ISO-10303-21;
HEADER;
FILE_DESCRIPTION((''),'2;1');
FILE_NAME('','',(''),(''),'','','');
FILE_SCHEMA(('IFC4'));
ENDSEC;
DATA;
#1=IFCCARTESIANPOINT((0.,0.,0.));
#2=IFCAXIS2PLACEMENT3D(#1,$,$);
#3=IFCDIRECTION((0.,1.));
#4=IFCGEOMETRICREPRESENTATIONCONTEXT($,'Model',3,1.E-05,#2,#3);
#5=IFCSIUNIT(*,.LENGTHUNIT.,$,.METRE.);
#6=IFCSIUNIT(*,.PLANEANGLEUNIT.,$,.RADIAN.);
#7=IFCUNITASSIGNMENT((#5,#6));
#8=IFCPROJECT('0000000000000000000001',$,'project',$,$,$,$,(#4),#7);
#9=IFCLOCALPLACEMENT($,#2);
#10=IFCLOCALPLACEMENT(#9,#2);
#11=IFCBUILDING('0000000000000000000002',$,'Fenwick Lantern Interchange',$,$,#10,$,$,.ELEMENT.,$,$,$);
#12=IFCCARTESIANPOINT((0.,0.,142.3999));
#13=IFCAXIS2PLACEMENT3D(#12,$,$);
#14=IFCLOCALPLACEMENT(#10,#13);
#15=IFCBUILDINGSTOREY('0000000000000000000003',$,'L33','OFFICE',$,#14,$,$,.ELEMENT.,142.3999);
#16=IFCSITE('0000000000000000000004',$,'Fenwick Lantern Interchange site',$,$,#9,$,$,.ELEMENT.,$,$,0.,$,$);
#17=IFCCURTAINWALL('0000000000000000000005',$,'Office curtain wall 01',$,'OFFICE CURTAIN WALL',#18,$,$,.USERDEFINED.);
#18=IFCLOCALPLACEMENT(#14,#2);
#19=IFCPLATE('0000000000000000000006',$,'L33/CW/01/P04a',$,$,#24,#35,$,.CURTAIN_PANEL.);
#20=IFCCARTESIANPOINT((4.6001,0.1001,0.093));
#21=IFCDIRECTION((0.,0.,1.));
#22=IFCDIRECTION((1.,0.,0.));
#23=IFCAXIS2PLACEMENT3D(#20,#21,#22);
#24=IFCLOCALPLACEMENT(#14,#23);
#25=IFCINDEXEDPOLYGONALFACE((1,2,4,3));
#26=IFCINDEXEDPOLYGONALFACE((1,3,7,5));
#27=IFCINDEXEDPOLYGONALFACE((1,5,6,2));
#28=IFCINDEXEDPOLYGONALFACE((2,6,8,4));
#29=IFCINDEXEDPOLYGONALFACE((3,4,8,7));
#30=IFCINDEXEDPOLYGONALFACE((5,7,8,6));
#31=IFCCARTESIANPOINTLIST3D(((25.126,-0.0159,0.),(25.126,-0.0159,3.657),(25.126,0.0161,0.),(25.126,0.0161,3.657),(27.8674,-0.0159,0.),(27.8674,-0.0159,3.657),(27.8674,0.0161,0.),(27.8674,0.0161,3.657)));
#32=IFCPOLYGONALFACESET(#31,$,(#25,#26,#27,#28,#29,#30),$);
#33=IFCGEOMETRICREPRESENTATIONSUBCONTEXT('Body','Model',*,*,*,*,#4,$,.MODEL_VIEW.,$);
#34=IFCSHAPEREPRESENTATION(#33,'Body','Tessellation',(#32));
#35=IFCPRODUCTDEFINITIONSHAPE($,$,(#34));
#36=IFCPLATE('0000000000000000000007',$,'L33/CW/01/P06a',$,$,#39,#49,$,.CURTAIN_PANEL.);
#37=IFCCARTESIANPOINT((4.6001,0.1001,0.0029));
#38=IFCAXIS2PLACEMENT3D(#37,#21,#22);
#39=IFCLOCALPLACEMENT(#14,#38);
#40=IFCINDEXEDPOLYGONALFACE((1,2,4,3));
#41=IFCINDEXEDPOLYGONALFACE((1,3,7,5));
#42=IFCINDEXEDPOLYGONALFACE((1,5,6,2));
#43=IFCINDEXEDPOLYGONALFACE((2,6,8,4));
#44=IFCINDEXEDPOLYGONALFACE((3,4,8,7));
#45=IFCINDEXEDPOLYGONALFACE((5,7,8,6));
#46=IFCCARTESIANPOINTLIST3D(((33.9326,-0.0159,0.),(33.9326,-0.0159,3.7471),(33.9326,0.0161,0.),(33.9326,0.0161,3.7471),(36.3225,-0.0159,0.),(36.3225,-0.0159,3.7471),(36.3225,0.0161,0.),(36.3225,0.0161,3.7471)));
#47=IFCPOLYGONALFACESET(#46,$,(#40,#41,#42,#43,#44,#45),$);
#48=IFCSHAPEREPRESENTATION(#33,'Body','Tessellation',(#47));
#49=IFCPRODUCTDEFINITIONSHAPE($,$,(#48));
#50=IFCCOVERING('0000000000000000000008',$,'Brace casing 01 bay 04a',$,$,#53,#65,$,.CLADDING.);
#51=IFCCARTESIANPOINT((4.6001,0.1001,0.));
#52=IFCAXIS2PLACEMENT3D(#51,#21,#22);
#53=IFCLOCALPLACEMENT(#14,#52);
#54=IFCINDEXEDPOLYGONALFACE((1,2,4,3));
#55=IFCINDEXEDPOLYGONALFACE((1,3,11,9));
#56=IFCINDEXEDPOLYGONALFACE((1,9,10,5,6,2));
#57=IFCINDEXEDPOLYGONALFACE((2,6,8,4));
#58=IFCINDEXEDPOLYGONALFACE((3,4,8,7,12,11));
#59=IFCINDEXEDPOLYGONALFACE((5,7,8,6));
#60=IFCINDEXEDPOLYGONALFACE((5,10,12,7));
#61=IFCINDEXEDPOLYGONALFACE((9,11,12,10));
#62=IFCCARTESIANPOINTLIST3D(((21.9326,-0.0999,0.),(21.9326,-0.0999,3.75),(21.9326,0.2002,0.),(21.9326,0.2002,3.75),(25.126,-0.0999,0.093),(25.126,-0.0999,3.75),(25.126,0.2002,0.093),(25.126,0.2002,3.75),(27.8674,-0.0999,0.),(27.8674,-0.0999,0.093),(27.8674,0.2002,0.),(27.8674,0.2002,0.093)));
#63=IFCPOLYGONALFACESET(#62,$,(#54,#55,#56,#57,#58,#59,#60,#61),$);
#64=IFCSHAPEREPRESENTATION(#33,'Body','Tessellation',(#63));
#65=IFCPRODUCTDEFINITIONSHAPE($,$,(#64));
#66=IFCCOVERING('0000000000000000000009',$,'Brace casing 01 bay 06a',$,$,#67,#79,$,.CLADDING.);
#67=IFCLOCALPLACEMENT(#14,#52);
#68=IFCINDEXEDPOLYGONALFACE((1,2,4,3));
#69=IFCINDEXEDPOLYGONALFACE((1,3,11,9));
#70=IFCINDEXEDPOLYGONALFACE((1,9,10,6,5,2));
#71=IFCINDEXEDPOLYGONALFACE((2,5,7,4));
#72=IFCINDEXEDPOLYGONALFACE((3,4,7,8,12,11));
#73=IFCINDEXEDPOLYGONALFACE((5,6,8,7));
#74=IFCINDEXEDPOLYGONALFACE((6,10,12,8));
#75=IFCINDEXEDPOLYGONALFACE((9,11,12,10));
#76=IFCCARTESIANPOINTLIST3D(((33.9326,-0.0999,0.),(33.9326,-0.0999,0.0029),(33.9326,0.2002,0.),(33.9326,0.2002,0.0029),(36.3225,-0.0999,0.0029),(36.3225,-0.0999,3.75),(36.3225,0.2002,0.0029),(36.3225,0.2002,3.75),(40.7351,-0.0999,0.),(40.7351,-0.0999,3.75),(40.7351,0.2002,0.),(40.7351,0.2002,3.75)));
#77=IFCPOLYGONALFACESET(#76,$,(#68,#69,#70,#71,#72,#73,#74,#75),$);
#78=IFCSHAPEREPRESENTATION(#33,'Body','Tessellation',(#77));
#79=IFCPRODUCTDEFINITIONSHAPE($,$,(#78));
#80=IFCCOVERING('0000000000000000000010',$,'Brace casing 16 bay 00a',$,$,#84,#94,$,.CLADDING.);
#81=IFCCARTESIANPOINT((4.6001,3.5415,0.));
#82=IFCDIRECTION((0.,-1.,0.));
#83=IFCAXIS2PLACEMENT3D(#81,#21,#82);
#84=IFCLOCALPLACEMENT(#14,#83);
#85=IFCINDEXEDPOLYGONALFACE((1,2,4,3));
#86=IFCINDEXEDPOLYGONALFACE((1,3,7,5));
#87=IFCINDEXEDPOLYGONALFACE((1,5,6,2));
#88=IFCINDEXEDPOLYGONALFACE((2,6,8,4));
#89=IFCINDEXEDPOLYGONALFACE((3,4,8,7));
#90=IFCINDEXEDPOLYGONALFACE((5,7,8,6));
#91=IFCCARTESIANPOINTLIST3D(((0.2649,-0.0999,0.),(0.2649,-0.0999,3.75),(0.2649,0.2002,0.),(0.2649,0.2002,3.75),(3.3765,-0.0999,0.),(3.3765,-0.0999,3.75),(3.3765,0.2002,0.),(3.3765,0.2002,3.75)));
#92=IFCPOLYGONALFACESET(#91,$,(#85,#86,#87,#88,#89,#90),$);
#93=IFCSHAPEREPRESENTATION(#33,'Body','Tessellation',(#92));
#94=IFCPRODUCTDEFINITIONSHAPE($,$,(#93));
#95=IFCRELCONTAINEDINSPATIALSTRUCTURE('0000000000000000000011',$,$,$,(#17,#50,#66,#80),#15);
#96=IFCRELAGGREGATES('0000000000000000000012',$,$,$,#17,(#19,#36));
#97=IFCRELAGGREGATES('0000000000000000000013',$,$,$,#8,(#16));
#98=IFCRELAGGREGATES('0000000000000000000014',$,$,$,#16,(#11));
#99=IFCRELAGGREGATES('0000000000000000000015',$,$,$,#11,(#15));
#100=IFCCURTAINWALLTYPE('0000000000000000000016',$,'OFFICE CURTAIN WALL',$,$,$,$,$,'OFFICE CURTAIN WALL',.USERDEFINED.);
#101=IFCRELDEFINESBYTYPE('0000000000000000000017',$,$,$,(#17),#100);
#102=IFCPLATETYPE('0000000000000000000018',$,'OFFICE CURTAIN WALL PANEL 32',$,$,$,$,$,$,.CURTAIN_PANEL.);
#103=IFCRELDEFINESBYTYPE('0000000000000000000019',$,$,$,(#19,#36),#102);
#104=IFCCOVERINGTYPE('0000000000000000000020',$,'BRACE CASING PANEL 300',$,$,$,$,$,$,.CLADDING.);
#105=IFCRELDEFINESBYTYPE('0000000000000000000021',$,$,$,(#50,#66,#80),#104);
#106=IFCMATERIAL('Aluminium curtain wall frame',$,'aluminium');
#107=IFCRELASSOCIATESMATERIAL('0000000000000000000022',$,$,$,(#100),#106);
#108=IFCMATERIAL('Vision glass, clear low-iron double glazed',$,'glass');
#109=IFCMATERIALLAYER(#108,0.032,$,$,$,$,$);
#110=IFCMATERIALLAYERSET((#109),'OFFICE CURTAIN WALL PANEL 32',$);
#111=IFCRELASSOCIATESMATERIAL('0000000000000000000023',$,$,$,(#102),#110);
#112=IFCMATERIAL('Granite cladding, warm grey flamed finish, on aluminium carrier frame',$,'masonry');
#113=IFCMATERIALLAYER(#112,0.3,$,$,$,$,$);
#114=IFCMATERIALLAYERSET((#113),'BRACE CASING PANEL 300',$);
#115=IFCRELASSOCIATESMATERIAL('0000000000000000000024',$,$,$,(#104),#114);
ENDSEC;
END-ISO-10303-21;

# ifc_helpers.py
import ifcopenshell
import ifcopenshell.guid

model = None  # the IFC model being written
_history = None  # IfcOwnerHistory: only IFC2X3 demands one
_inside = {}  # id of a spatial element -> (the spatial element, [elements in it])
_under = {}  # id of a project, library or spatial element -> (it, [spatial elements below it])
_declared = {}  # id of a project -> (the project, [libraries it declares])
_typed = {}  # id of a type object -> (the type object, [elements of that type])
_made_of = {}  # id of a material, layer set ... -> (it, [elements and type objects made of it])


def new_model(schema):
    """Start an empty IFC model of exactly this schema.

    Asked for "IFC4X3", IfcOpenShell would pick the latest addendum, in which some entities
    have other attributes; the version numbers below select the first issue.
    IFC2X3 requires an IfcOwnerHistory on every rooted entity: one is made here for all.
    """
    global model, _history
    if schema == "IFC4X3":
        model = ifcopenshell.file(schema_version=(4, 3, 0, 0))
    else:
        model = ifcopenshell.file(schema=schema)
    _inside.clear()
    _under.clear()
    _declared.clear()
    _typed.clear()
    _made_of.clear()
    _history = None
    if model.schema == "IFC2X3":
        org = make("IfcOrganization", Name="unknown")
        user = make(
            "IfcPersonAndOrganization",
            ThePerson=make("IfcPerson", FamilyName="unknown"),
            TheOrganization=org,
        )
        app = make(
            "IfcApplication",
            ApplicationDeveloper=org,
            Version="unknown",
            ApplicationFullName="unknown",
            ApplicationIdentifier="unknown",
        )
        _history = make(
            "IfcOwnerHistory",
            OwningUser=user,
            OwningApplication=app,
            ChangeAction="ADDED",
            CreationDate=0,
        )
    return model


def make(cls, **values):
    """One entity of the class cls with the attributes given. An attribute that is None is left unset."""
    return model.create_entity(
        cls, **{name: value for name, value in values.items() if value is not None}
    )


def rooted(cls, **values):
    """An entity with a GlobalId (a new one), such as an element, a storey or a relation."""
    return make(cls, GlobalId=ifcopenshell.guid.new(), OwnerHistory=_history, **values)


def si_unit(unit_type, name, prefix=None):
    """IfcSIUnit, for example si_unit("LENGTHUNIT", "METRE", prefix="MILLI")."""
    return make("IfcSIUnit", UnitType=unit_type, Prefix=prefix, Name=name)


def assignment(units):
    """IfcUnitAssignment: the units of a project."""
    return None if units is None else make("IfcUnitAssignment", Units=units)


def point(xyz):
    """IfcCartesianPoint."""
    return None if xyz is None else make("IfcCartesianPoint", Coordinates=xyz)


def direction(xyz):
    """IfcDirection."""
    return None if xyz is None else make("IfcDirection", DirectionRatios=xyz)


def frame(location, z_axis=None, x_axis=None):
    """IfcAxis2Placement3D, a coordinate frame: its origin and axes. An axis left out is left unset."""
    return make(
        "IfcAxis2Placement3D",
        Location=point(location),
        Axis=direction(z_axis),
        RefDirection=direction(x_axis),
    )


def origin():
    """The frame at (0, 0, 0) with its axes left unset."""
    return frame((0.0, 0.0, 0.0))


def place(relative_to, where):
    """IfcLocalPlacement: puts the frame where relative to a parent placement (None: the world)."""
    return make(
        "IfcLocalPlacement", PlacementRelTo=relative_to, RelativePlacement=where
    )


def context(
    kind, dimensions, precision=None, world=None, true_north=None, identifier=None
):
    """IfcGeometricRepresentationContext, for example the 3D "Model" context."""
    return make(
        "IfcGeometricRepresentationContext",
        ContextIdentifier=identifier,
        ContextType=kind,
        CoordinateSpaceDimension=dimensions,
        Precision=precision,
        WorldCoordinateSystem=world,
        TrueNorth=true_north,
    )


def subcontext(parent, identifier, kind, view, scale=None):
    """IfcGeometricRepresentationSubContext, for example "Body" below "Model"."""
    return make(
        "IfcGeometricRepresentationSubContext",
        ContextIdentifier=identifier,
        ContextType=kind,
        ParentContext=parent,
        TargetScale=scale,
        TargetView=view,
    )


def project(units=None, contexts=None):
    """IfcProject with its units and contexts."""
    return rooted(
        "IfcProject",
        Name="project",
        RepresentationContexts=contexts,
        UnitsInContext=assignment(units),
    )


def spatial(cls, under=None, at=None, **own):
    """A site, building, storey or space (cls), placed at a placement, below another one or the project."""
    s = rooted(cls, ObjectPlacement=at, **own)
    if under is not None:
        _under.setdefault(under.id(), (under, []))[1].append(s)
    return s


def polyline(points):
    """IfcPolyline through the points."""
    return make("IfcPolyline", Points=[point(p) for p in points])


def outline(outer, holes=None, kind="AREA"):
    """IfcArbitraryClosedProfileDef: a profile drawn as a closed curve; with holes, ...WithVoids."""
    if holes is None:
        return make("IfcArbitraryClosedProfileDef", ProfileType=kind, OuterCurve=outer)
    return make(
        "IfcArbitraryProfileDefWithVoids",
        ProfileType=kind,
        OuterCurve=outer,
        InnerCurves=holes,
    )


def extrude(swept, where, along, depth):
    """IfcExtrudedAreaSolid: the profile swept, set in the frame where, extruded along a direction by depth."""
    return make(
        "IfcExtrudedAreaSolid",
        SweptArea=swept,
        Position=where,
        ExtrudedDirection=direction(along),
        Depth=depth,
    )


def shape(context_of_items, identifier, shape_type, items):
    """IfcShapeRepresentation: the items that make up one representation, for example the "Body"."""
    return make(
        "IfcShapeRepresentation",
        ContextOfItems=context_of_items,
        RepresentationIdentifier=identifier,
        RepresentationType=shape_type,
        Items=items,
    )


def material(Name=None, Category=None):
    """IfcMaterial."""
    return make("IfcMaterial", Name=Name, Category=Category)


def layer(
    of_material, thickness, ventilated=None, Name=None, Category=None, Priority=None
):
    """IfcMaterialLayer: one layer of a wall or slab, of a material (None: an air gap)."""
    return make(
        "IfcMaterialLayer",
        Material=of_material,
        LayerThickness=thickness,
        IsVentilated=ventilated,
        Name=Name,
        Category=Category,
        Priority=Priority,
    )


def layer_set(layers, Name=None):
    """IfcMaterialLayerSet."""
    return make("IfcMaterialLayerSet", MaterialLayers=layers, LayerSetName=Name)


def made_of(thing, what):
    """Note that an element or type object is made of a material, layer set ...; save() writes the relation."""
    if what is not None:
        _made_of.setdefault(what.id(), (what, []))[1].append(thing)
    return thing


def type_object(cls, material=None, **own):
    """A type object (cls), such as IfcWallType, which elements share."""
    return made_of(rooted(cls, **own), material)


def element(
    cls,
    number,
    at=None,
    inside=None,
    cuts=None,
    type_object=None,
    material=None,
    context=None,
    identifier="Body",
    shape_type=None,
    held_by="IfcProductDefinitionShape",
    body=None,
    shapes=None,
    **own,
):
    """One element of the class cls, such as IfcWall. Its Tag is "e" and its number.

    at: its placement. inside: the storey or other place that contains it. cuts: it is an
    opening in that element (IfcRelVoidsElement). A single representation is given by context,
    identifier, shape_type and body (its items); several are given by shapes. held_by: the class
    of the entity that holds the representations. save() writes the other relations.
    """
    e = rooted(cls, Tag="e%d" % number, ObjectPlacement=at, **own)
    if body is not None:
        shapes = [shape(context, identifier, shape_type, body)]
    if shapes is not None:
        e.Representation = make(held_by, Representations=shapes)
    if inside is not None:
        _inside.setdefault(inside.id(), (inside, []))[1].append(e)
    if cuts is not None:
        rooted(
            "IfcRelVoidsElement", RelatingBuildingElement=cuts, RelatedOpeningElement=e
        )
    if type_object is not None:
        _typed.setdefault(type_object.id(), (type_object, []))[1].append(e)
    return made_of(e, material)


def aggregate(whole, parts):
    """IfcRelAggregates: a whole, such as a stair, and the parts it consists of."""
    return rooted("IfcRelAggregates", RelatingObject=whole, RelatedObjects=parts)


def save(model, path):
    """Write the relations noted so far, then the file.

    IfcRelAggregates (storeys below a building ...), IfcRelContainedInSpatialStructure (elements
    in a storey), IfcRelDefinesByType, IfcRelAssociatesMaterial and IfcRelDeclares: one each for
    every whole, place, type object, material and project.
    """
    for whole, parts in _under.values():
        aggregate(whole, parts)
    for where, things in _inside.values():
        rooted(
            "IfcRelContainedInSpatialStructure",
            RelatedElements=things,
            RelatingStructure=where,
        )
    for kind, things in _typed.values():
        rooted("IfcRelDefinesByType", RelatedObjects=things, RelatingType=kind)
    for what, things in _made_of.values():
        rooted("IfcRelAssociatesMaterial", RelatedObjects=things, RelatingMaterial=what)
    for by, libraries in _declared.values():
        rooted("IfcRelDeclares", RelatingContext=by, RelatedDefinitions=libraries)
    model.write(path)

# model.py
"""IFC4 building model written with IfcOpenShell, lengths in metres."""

from ifc_helpers import new_model, si_unit, direction, frame, origin, place, context, subcontext, project, spatial, polyline, outline, extrude, material, layer, layer_set, type_object, element, aggregate, save


model = new_model("IFC4")

# Units and contexts
model_context = context("Model", 3, precision=1e-05, world=origin(), true_north=direction((0.0, 1.0)))
body_context = subcontext(model_context, "Body", "Model", "MODEL_VIEW")
ifc_project = project(units=[si_unit("LENGTHUNIT", "METRE"), si_unit("PLANEANGLEUNIT", "RADIAN")], contexts=[model_context])

# Site, building, storey
site_placement = place(None, origin())
site = spatial("IfcSite", under=ifc_project, at=site_placement, Name="Fenwick Lantern Interchange site", CompositionType="ELEMENT", RefElevation=0.0)
building_placement = place(site_placement, origin())
building = spatial("IfcBuilding", under=site, at=building_placement, Name="Fenwick Lantern Interchange", CompositionType="ELEMENT")
storey_placement = place(building_placement, frame((0.0, 0.0, 142.3999)))
storey = spatial("IfcBuildingStorey", under=building, at=storey_placement, Name="L33", Description="OFFICE", CompositionType="ELEMENT", Elevation=142.3999)

# Curtain wall
ifc_material_1 = material(Name="Aluminium curtain wall frame", Category="aluminium")
curtain_wall_type = type_object("IfcCurtainWallType", Name="OFFICE CURTAIN WALL", ElementType="OFFICE CURTAIN WALL", PredefinedType="USERDEFINED", material=ifc_material_1)
curtain_wall_1_placement = place(storey_placement, origin())
curtain_wall_1 = element("IfcCurtainWall", 1, at=curtain_wall_1_placement, inside=storey, type_object=curtain_wall_type, Name="Office curtain wall 01", ObjectType="OFFICE CURTAIN WALL", PredefinedType="USERDEFINED")

# Plates
ifc_material_2 = material(Name="Vision glass, clear low-iron double glazed", Category="glass")
ifc_layer_1 = layer(ifc_material_2, 0.032)
ifc_layer_set_1 = layer_set([ifc_layer_1], Name="OFFICE CURTAIN WALL PANEL 32")
plate_type = type_object("IfcPlateType", Name="OFFICE CURTAIN WALL PANEL 32", PredefinedType="CURTAIN_PANEL", material=ifc_layer_set_1)
plate_1_placement = place(storey_placement, frame((4.6001, 0.1001, 0.093), z_axis=(0.0, 0.0, 1.0), x_axis=(1.0, 0.0, 0.0)))
plate_1 = element("IfcPlate", 2, at=plate_1_placement, type_object=plate_type, Name="L33/CW/01/P04a", PredefinedType="CURTAIN_PANEL", context=body_context, shape_type="SweptSolid", body=[
    extrude(outline(polyline([(25.126, 0.0), (27.8674, 0.0), (27.8674, 3.657), (25.126, 3.657), (25.126, 0.0)])), frame((0.0, 0.0161, 0.0), z_axis=(0.0, -1.0, 0.0), x_axis=(1.0, 0.0, 0.0)), (0.0, 0.0, 1.0), 0.032),
])
plate_2_placement = place(storey_placement, frame((4.6001, 0.1001, 0.0029), z_axis=(0.0, 0.0, 1.0), x_axis=(1.0, 0.0, 0.0)))
plate_2 = element("IfcPlate", 3, at=plate_2_placement, type_object=plate_type, Name="L33/CW/01/P06a", PredefinedType="CURTAIN_PANEL", context=body_context, shape_type="SweptSolid", body=[
    extrude(outline(polyline([(33.9326, 0.0), (36.3225, 0.0), (36.3225, 3.7471), (33.9326, 3.7471), (33.9326, 0.0)])), frame((0.0, 0.0161, 0.0), z_axis=(0.0, -1.0, 0.0), x_axis=(1.0, 0.0, 0.0)), (0.0, 0.0, 1.0), 0.032),
])
aggregate(curtain_wall_1, [plate_1, plate_2])

# Coverings
ifc_material_3 = material(Name="Granite cladding, warm grey flamed finish, on aluminium carrier frame", Category="masonry")
ifc_layer_2 = layer(ifc_material_3, 0.3)
ifc_layer_set_2 = layer_set([ifc_layer_2], Name="BRACE CASING PANEL 300")
covering_type = type_object("IfcCoveringType", Name="BRACE CASING PANEL 300", PredefinedType="CLADDING", material=ifc_layer_set_2)
covering_1_placement = place(storey_placement, frame((4.6001, 0.1001, 0.0), z_axis=(0.0, 0.0, 1.0), x_axis=(1.0, 0.0, 0.0)))
element("IfcCovering", 4, at=covering_1_placement, inside=storey, type_object=covering_type, Name="Brace casing 01 bay 04a", PredefinedType="CLADDING", context=body_context, shape_type="SweptSolid", body=[
    extrude(outline(polyline([(21.9326, 0.0), (27.8674, 0.0), (27.8674, 0.093), (25.126, 0.093), (25.126, 3.75), (21.9326, 3.75), (21.9326, 0.0)])), frame((0.0, 0.2002, 0.0), z_axis=(0.0, -1.0, 0.0), x_axis=(1.0, 0.0, 0.0)), (0.0, 0.0, 1.0), 0.3),
])
covering_2_placement = place(storey_placement, frame((4.6001, 0.1001, 0.0), z_axis=(0.0, 0.0, 1.0), x_axis=(1.0, 0.0, 0.0)))
element("IfcCovering", 5, at=covering_2_placement, inside=storey, type_object=covering_type, Name="Brace casing 01 bay 06a", PredefinedType="CLADDING", context=body_context, shape_type="SweptSolid", body=[
    extrude(outline(polyline([(33.9326, 0.0), (40.7351, 0.0), (40.7351, 3.75), (36.3225, 3.75), (36.3225, 0.0029), (33.9326, 0.0029), (33.9326, 0.0)])), frame((0.0, 0.2002, 0.0), z_axis=(0.0, -1.0, 0.0), x_axis=(1.0, 0.0, 0.0)), (0.0, 0.0, 1.0), 0.3),
])
covering_3_placement = place(storey_placement, frame((4.6001, 3.5415, 0.0), z_axis=(0.0, 0.0, 1.0), x_axis=(0.0, -1.0, 0.0)))
element("IfcCovering", 6, at=covering_3_placement, inside=storey, type_object=covering_type, Name="Brace casing 16 bay 00a", PredefinedType="CLADDING", context=body_context, shape_type="SweptSolid", body=[
    extrude(outline(polyline([(0.2649, 0.0), (3.3765, 0.0), (3.3765, 3.75), (0.2649, 3.75), (0.2649, 0.0)])), frame((0.0, 0.2002, 0.0), z_axis=(0.0, -1.0, 0.0), x_axis=(1.0, 0.0, 0.0)), (0.0, 0.0, 1.0), 0.3),
])

save(model, "model.ifc")
